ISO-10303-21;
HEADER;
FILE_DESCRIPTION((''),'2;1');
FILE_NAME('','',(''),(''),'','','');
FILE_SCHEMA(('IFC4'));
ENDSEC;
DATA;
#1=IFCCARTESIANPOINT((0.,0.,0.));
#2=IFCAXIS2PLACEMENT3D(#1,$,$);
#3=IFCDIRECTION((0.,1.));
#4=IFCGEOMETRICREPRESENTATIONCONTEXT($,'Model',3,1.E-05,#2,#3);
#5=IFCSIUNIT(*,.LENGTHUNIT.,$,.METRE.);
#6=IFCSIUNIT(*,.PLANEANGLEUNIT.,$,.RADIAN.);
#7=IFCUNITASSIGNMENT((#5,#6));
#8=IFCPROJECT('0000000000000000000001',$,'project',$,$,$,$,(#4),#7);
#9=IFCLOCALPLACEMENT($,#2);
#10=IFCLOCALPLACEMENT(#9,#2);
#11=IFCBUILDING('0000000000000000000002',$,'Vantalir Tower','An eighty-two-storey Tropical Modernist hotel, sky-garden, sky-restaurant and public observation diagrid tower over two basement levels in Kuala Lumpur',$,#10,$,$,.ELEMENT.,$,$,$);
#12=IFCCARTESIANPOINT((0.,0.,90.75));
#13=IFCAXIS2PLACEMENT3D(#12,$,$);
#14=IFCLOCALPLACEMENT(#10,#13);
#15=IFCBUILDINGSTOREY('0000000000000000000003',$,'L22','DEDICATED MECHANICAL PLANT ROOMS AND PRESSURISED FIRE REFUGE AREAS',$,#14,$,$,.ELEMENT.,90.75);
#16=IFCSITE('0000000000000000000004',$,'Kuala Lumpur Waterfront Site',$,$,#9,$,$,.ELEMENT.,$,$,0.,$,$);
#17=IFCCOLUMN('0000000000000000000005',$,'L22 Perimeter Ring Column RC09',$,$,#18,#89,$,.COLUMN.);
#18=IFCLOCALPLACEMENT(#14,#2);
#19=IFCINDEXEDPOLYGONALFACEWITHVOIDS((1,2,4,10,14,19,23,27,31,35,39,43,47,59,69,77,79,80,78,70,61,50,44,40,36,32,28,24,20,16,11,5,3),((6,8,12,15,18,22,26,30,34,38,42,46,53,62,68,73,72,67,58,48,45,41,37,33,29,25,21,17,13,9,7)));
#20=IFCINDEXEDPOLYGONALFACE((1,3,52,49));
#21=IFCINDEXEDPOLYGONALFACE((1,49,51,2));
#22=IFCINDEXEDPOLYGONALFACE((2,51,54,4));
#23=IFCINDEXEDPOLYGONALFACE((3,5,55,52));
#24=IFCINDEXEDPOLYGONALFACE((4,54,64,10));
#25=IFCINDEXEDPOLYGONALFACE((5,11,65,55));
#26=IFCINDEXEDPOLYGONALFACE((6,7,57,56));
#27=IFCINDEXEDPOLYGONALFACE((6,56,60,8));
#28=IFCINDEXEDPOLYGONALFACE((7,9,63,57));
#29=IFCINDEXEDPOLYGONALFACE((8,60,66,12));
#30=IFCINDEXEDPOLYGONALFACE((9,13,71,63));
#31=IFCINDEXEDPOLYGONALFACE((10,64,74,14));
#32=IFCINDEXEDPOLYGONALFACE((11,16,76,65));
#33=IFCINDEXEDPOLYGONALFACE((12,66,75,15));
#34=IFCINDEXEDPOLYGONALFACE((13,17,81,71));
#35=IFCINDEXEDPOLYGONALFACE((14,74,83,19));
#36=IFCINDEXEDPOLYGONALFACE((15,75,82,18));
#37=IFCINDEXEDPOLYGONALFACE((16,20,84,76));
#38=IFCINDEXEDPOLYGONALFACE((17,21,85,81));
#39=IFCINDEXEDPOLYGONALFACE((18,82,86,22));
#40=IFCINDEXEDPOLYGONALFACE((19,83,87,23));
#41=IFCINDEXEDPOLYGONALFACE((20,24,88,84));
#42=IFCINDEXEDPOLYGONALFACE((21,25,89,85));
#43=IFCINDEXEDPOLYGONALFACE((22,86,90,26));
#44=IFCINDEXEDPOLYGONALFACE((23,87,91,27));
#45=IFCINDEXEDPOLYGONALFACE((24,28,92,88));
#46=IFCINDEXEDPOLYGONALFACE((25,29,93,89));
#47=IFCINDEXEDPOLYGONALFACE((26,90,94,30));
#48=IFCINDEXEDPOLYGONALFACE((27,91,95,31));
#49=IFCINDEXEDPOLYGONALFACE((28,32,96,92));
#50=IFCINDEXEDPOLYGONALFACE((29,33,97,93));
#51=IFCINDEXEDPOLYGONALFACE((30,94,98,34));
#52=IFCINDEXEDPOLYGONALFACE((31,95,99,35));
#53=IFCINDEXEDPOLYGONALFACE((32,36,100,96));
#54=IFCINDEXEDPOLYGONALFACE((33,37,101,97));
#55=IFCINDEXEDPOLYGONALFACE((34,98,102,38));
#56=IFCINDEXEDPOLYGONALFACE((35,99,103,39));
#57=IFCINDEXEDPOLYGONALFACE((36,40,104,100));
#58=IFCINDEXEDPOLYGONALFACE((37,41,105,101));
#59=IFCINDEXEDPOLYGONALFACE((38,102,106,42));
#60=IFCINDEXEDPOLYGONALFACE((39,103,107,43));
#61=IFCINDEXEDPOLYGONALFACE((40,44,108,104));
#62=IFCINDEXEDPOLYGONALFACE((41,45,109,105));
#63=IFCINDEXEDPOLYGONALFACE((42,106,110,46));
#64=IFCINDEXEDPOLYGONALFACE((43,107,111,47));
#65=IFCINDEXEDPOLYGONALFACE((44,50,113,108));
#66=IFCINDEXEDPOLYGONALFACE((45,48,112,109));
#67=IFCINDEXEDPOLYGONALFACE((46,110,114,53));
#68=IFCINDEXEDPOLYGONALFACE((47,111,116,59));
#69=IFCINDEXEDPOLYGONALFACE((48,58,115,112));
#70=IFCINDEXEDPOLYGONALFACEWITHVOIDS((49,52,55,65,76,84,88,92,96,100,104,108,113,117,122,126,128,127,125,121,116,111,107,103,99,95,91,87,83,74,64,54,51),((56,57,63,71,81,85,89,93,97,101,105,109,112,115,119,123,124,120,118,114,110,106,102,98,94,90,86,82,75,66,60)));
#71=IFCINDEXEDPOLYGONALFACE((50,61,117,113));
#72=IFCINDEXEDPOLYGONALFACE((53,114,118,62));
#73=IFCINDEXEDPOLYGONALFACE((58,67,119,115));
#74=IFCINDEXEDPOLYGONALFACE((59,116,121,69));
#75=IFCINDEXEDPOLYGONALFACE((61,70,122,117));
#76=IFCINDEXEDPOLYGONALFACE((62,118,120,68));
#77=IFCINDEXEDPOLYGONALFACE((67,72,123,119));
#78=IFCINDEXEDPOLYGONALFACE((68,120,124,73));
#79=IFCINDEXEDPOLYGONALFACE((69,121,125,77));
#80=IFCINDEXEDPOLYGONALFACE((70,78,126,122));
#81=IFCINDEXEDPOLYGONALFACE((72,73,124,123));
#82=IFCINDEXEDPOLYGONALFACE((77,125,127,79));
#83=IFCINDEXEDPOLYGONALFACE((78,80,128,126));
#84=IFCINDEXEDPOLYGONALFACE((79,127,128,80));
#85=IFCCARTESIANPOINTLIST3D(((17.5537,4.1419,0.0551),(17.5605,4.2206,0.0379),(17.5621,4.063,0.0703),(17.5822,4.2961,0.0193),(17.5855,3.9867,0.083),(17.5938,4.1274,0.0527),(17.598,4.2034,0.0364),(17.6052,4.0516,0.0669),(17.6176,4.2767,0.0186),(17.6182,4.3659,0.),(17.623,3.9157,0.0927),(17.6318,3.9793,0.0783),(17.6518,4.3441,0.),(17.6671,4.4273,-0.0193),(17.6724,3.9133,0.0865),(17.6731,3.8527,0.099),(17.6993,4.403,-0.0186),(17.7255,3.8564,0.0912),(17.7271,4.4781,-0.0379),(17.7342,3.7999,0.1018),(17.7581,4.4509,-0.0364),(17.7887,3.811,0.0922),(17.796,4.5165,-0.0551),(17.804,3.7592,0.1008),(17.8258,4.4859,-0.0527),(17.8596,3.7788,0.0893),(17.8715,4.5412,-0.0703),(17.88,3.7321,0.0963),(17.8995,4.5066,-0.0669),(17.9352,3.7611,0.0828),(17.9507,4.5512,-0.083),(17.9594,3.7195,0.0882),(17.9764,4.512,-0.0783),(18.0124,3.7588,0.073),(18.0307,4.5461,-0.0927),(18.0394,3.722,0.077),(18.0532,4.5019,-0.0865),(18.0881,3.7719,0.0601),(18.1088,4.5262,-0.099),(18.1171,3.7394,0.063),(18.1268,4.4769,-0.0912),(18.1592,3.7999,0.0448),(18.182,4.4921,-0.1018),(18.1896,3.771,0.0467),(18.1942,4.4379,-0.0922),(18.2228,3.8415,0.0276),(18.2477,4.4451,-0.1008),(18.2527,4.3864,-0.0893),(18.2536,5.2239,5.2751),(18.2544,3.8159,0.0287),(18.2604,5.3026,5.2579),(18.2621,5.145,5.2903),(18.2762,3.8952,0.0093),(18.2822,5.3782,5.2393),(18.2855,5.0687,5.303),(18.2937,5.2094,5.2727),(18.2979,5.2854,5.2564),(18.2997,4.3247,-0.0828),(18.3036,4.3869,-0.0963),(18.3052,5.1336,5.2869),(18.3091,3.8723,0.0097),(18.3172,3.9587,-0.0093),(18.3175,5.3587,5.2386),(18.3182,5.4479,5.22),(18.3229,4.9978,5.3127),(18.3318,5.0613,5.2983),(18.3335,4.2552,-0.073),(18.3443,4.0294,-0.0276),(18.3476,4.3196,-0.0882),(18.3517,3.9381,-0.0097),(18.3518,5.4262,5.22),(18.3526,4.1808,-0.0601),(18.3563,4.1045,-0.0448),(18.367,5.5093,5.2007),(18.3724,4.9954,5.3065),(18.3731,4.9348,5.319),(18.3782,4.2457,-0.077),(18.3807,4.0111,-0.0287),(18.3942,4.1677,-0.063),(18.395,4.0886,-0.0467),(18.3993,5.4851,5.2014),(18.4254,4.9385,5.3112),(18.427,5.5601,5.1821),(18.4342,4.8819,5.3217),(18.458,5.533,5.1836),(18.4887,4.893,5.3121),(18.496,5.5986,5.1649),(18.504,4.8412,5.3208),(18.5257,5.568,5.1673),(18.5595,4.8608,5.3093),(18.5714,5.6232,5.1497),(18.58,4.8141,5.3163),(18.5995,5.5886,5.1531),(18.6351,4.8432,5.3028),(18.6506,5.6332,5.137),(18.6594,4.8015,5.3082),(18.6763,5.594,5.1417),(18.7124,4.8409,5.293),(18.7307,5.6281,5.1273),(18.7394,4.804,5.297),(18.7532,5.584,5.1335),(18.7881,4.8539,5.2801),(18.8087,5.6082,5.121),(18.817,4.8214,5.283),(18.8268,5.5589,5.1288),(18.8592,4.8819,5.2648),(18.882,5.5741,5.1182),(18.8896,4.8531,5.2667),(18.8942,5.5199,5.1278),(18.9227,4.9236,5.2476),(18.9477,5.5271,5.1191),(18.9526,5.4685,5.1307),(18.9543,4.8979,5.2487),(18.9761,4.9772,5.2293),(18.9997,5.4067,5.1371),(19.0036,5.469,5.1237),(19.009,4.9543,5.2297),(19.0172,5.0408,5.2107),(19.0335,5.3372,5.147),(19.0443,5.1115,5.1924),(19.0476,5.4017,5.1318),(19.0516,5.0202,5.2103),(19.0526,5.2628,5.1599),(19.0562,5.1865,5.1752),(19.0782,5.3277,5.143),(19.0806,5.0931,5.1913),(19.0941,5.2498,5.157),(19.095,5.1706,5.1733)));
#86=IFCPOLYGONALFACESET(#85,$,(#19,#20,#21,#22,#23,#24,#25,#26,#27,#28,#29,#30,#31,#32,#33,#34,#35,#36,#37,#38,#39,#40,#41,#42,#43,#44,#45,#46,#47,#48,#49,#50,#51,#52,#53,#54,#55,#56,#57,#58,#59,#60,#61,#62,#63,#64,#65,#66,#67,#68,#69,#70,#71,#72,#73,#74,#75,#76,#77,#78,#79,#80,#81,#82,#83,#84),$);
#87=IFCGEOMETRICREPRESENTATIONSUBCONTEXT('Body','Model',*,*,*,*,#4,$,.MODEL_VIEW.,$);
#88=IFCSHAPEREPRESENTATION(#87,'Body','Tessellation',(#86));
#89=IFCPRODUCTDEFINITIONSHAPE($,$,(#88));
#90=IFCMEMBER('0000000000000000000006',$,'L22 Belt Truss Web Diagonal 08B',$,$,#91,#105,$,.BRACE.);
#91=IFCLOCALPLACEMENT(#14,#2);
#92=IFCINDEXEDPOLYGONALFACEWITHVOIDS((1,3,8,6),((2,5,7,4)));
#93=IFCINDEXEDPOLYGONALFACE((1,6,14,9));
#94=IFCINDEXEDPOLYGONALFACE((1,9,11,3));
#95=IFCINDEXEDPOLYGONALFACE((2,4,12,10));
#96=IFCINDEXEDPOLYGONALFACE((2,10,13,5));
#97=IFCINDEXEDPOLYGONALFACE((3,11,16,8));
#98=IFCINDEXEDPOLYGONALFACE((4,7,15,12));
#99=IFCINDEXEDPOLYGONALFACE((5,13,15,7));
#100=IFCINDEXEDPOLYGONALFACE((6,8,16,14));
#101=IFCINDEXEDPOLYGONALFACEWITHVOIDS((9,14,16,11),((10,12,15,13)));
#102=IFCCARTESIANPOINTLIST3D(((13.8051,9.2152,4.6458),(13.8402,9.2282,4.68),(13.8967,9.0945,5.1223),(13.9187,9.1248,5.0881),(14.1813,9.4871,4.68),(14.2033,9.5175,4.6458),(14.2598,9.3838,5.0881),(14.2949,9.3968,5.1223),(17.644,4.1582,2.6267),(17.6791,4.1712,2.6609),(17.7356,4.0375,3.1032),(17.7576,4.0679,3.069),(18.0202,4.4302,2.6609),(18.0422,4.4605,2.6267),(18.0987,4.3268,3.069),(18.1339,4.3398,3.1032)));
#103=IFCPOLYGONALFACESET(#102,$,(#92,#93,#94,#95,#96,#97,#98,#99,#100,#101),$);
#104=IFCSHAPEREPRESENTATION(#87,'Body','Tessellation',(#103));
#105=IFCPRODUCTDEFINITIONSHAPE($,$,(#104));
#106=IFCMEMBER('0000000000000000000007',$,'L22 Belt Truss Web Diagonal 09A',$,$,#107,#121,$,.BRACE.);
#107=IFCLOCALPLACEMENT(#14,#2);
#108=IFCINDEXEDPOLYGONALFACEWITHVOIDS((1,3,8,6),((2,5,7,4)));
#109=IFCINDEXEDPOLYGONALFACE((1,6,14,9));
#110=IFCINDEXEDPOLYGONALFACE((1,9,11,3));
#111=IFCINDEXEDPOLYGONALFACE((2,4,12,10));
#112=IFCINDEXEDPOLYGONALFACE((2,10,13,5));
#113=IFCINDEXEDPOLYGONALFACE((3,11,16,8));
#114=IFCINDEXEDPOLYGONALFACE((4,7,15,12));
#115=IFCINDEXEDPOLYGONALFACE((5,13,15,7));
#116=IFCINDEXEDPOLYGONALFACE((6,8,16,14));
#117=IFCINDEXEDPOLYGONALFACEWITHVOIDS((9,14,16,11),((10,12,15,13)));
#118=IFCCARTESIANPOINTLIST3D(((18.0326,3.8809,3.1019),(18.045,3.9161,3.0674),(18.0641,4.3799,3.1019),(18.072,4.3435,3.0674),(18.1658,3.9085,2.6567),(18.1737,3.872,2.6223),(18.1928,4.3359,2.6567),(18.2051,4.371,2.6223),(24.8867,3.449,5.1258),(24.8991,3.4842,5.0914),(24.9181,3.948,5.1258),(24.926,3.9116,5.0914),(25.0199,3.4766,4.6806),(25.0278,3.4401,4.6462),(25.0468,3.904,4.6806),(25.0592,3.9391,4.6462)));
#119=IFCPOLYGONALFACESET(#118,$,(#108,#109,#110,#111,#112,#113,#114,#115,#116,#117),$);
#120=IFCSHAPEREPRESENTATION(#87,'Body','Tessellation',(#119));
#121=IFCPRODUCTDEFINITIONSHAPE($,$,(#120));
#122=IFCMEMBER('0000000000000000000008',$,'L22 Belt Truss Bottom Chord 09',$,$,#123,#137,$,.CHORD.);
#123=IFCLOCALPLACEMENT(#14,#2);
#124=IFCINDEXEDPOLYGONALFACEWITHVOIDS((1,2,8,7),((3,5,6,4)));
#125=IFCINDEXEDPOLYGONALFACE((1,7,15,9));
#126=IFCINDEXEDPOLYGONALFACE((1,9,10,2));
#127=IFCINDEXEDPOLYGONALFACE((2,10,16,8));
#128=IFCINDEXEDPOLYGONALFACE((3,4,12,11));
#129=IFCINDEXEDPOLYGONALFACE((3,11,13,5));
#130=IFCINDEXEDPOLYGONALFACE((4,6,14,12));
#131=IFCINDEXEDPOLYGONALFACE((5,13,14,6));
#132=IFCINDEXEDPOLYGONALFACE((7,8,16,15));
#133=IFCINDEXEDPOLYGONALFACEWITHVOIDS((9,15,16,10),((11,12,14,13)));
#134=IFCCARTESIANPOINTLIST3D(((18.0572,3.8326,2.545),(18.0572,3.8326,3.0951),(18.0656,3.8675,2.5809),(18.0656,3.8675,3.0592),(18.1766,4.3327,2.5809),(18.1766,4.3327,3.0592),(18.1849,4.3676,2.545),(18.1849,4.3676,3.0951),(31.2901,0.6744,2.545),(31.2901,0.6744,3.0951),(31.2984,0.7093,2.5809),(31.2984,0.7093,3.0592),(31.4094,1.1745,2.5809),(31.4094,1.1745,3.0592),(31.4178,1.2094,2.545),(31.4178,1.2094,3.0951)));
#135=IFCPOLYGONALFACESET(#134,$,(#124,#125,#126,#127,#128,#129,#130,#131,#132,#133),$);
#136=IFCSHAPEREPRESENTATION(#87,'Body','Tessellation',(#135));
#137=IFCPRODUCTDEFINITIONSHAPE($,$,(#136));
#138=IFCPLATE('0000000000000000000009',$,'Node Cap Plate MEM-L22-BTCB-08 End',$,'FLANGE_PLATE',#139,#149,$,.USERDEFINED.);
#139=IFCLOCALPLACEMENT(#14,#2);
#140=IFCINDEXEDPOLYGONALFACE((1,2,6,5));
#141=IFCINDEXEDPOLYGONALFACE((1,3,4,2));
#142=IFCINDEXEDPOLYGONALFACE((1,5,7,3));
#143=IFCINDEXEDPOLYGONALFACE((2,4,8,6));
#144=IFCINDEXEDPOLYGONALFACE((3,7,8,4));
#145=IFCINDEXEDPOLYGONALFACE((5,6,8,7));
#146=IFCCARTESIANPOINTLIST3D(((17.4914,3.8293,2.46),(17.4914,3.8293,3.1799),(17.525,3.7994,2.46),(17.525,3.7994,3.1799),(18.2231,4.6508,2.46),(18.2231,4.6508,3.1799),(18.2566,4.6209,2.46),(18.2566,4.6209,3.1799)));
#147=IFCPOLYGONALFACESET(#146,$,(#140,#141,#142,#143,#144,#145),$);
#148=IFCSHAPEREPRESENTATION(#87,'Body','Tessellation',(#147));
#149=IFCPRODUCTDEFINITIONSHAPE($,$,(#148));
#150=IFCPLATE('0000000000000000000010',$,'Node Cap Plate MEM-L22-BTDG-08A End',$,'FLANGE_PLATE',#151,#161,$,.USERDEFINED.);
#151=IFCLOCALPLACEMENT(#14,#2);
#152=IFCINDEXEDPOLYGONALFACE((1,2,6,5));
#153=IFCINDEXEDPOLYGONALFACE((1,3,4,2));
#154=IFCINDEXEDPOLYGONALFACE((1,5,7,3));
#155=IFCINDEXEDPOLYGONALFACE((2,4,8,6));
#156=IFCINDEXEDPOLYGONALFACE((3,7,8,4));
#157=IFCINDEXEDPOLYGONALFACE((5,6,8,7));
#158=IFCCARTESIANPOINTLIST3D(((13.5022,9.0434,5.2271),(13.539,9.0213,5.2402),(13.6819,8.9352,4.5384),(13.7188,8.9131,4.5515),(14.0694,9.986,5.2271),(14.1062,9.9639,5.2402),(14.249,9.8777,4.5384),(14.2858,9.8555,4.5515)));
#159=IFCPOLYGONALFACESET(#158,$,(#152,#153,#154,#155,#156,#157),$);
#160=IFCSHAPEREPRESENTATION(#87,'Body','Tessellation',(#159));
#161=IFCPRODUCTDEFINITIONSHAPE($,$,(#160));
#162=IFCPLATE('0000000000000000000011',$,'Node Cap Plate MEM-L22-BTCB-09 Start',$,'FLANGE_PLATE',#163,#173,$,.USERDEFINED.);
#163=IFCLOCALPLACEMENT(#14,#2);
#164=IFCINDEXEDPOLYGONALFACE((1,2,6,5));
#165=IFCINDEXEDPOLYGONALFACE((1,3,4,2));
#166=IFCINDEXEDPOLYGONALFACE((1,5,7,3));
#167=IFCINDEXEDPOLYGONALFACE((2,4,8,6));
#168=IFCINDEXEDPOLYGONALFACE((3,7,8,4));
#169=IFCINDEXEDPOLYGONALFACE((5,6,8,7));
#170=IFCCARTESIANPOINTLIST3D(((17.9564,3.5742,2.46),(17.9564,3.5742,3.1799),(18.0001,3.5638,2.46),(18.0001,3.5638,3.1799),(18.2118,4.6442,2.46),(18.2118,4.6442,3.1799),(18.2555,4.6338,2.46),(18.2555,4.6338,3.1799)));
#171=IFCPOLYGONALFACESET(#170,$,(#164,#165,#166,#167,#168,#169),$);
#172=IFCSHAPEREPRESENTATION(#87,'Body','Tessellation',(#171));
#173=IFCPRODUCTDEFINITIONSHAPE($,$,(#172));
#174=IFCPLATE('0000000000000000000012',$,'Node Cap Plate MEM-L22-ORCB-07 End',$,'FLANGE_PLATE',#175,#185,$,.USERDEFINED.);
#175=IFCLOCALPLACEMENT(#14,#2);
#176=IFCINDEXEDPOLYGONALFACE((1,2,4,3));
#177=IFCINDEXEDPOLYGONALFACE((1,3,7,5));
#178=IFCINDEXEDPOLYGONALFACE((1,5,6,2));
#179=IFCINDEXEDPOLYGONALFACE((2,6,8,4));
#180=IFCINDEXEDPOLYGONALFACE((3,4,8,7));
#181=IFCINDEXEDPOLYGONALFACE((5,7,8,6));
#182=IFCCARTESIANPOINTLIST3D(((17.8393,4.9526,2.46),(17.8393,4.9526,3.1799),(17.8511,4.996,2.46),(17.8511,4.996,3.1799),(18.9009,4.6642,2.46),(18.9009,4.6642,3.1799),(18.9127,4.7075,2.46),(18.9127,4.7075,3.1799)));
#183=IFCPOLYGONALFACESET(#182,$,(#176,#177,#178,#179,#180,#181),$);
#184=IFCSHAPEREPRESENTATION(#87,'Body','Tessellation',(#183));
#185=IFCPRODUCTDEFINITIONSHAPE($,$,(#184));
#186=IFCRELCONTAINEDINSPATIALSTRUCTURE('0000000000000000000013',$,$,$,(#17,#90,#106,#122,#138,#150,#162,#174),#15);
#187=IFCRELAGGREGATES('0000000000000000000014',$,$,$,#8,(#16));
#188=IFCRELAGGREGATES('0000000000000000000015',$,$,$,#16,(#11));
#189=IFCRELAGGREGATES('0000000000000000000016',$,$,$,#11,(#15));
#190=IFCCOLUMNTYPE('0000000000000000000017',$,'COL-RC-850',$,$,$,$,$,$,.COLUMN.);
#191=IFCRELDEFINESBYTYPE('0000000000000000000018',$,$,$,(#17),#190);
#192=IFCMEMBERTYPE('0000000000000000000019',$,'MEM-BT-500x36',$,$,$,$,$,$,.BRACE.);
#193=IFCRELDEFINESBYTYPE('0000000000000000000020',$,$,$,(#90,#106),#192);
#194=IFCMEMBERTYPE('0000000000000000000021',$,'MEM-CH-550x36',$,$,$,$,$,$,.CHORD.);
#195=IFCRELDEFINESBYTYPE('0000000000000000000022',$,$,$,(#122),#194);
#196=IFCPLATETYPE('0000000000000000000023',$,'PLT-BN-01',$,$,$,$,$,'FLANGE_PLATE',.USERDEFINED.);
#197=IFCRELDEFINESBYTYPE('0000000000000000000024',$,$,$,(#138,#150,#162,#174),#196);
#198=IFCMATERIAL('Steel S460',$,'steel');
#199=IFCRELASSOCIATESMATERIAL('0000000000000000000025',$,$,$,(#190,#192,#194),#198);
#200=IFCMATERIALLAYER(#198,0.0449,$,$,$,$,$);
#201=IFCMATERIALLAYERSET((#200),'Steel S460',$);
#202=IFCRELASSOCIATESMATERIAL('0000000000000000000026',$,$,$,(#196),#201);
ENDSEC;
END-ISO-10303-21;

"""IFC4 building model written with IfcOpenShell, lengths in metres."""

from ifc_helpers import new_model, si_unit, direction, frame, origin, origin_2d, place, context, subcontext, project, spatial, polyline, rectangle, hollow_rectangle, hollow_circle, outline, extrude, material, layer, layer_set, material_profile, profile_set, type_object, element, save


model = new_model("IFC4")

# Units and contexts
model_context = context("Model", 3, precision=1e-05, world=origin(), true_north=direction((0.0, 1.0)))
body_context = subcontext(model_context, "Body", "Model", "MODEL_VIEW")
ifc_project = project(units=[si_unit("LENGTHUNIT", "METRE"), si_unit("PLANEANGLEUNIT", "RADIAN")], contexts=[model_context])

# Site, building, storey
site_placement = place(None, origin())
site = spatial("IfcSite", under=ifc_project, at=site_placement, Name="Kuala Lumpur Waterfront Site", CompositionType="ELEMENT", RefElevation=0.0)
building_placement = place(site_placement, origin())
building = spatial("IfcBuilding", under=site, at=building_placement, Name="Vantalir Tower", Description="An eighty-two-storey Tropical Modernist hotel, sky-garden, sky-restaurant and public observation diagrid tower over two basement levels in Kuala Lumpur", CompositionType="ELEMENT")
storey_placement = place(building_placement, frame((0.0, 0.0, 90.75)))
storey = spatial("IfcBuildingStorey", under=building, at=storey_placement, Name="L22", Description="DEDICATED MECHANICAL PLANT ROOMS AND PRESSURISED FIRE REFUGE AREAS", CompositionType="ELEMENT", Elevation=90.75)

# Column
ifc_material_1 = material(Name="Steel S460", Category="steel")
ifc_material_profile_1 = material_profile(ifc_material_1, hollow_circle(Radius=0.425, WallThickness=0.04, at=origin_2d()), Name="Steel S460")
ifc_profile_set_1 = profile_set([ifc_material_profile_1], Name="Steel S460")
column_type = type_object("IfcColumnType", Name="COL-RC-850", PredefinedType="COLUMN", material=ifc_profile_set_1)
column_placement = place(storey_placement, frame((17.9751, 4.135, 0.0), z_axis=(0.130182, 0.201245, 0.970852), x_axis=(-0.839636, 0.543149, 0.0)))
element("IfcColumn", 1, at=column_placement, inside=storey, type_object=column_type, Name="L22 Perimeter Ring Column RC09", PredefinedType="COLUMN", context=body_context, shape_type="SweptSolid", body=[
    extrude(hollow_circle(Radius=0.425, WallThickness=0.04, at=origin_2d()), origin(), (0.0, 0.0, 1.0), 5.3767),
])

# Members
ifc_material_profile_2 = material_profile(ifc_material_1, hollow_rectangle(XDim=0.5, YDim=0.5, WallThickness=0.0359, at=origin_2d()), Name="Steel S460")
ifc_profile_set_2 = profile_set([ifc_material_profile_2], Name="Steel S460")
member_type_1 = type_object("IfcMemberType", Name="MEM-BT-500x36", PredefinedType="BRACE", material=ifc_profile_set_2)
member_1_placement = place(storey_placement, frame((17.8889, 4.249, 2.865), z_axis=(-0.576212, 0.759036, 0.303057), x_axis=(-0.796493, -0.604647, 0.0)))
element("IfcMember", 2, at=member_1_placement, inside=storey, type_object=member_type_1, Name="L22 Belt Truss Web Diagonal 08B", PredefinedType="BRACE", context=body_context, shape_type="SweptSolid", body=[
    extrude(hollow_rectangle(XDim=0.5, YDim=0.5, WallThickness=0.0359, at=origin_2d()), origin(), (0.0, 0.0, 1.0), 6.6624),
])
member_2_placement = place(storey_placement, frame((18.1189, 4.126, 2.8621), z_axis=(0.957314, -0.060322, 0.282686), x_axis=(0.062887, 0.998021, 0.0)))
element("IfcMember", 3, at=member_2_placement, inside=storey, type_object=member_type_1, Name="L22 Belt Truss Web Diagonal 09A", PredefinedType="BRACE", context=body_context, shape_type="SweptSolid", body=[
    extrude(hollow_rectangle(XDim=0.5, YDim=0.5, WallThickness=0.0359, at=origin_2d()), origin(), (0.0, 0.0, 1.0), 7.1597),
])
ifc_material_profile_3 = material_profile(ifc_material_1, hollow_rectangle(XDim=0.55, YDim=0.55, WallThickness=0.0359, at=origin_2d()), Name="Steel S460")
ifc_profile_set_3 = profile_set([ifc_material_profile_3], Name="Steel S460")
member_type_2 = type_object("IfcMemberType", Name="MEM-CH-550x36", PredefinedType="CHORD", material=ifc_profile_set_3)
member_3_placement = place(storey_placement, frame((18.1211, 4.1001, 2.8201), z_axis=(0.972682, -0.232143, 0.0), x_axis=(0.232143, 0.972682, 0.0)))
element("IfcMember", 4, at=member_3_placement, inside=storey, type_object=member_type_2, Name="L22 Belt Truss Bottom Chord 09", PredefinedType="CHORD", context=body_context, shape_type="SweptSolid", body=[
    extrude(hollow_rectangle(XDim=0.55, YDim=0.55, WallThickness=0.0359, at=origin_2d()), origin(), (0.0, 0.0, 1.0), 13.6045),
])

# Plates
ifc_layer_1 = layer(ifc_material_1, 0.0449)
ifc_layer_set_1 = layer_set([ifc_layer_1], Name="Steel S460")
plate_type_1 = type_object("IfcPlateType", Name="PLT-BN-01", ElementType="FLANGE_PLATE", PredefinedType="USERDEFINED", material=ifc_layer_set_1)
plate_1_placement = place(storey_placement, frame((17.874, 4.2251, 2.46), z_axis=(0.0, 0.0, 1.0), x_axis=(0.746766, -0.665087, 0.0)))
element("IfcPlate", 5, at=plate_1_placement, inside=storey, type_object=plate_type_1, Name="Node Cap Plate MEM-L22-BTCB-08 End", ObjectType="FLANGE_PLATE", PredefinedType="USERDEFINED", context=body_context, shape_type="SweptSolid", body=[
    extrude(rectangle(XDim=0.0449, YDim=1.1001, at=origin_2d()), origin(), (0.0, 0.0, 1.0), 0.72),
])
plate_2_placement = place(storey_placement, frame((13.7188, 8.9131, 4.5515), z_axis=(0.819654, -0.493215, 0.291388), x_axis=(0.515593, 0.856834, -0.000016)))
element("IfcPlate", 6, at=plate_2_placement, inside=storey, type_object=plate_type_1, Name="Node Cap Plate MEM-L22-BTDG-08A End", ObjectType="FLANGE_PLATE", PredefinedType="USERDEFINED", context=body_context, shape_type="SweptSolid", body=[
    extrude(outline(polyline([(0.0, 0.0), (1.0999, 0.0), (1.1001, 0.72), (0.0, 0.7199), (0.0, 0.0)])), origin(), (0.0, 0.0, -1.0), 0.0449),
])
for number, where, z_axis, x_axis, name in (
    (7, (18.106, 4.104, 2.46), (0.0, 0.0, 1.0), (0.972679, -0.232155, 0.0), "Node Cap Plate MEM-L22-BTCB-09 Start"),
    (8, (18.376, 4.8301, 2.46), (0.0, 0.0, 1.0), (-0.262206, -0.965012, 0.0), "Node Cap Plate MEM-L22-ORCB-07 End"),
):
    element("IfcPlate", number, at=place(storey_placement, frame(where, z_axis=z_axis, x_axis=x_axis)), inside=storey, type_object=plate_type_1, Name=name, ObjectType="FLANGE_PLATE", PredefinedType="USERDEFINED", context=body_context, shape_type="SweptSolid", body=[
        extrude(rectangle(XDim=0.0449, YDim=1.1001, at=origin_2d()), origin(), (0.0, 0.0, 1.0), 0.72),
    ])

save(model, "model.ifc")
